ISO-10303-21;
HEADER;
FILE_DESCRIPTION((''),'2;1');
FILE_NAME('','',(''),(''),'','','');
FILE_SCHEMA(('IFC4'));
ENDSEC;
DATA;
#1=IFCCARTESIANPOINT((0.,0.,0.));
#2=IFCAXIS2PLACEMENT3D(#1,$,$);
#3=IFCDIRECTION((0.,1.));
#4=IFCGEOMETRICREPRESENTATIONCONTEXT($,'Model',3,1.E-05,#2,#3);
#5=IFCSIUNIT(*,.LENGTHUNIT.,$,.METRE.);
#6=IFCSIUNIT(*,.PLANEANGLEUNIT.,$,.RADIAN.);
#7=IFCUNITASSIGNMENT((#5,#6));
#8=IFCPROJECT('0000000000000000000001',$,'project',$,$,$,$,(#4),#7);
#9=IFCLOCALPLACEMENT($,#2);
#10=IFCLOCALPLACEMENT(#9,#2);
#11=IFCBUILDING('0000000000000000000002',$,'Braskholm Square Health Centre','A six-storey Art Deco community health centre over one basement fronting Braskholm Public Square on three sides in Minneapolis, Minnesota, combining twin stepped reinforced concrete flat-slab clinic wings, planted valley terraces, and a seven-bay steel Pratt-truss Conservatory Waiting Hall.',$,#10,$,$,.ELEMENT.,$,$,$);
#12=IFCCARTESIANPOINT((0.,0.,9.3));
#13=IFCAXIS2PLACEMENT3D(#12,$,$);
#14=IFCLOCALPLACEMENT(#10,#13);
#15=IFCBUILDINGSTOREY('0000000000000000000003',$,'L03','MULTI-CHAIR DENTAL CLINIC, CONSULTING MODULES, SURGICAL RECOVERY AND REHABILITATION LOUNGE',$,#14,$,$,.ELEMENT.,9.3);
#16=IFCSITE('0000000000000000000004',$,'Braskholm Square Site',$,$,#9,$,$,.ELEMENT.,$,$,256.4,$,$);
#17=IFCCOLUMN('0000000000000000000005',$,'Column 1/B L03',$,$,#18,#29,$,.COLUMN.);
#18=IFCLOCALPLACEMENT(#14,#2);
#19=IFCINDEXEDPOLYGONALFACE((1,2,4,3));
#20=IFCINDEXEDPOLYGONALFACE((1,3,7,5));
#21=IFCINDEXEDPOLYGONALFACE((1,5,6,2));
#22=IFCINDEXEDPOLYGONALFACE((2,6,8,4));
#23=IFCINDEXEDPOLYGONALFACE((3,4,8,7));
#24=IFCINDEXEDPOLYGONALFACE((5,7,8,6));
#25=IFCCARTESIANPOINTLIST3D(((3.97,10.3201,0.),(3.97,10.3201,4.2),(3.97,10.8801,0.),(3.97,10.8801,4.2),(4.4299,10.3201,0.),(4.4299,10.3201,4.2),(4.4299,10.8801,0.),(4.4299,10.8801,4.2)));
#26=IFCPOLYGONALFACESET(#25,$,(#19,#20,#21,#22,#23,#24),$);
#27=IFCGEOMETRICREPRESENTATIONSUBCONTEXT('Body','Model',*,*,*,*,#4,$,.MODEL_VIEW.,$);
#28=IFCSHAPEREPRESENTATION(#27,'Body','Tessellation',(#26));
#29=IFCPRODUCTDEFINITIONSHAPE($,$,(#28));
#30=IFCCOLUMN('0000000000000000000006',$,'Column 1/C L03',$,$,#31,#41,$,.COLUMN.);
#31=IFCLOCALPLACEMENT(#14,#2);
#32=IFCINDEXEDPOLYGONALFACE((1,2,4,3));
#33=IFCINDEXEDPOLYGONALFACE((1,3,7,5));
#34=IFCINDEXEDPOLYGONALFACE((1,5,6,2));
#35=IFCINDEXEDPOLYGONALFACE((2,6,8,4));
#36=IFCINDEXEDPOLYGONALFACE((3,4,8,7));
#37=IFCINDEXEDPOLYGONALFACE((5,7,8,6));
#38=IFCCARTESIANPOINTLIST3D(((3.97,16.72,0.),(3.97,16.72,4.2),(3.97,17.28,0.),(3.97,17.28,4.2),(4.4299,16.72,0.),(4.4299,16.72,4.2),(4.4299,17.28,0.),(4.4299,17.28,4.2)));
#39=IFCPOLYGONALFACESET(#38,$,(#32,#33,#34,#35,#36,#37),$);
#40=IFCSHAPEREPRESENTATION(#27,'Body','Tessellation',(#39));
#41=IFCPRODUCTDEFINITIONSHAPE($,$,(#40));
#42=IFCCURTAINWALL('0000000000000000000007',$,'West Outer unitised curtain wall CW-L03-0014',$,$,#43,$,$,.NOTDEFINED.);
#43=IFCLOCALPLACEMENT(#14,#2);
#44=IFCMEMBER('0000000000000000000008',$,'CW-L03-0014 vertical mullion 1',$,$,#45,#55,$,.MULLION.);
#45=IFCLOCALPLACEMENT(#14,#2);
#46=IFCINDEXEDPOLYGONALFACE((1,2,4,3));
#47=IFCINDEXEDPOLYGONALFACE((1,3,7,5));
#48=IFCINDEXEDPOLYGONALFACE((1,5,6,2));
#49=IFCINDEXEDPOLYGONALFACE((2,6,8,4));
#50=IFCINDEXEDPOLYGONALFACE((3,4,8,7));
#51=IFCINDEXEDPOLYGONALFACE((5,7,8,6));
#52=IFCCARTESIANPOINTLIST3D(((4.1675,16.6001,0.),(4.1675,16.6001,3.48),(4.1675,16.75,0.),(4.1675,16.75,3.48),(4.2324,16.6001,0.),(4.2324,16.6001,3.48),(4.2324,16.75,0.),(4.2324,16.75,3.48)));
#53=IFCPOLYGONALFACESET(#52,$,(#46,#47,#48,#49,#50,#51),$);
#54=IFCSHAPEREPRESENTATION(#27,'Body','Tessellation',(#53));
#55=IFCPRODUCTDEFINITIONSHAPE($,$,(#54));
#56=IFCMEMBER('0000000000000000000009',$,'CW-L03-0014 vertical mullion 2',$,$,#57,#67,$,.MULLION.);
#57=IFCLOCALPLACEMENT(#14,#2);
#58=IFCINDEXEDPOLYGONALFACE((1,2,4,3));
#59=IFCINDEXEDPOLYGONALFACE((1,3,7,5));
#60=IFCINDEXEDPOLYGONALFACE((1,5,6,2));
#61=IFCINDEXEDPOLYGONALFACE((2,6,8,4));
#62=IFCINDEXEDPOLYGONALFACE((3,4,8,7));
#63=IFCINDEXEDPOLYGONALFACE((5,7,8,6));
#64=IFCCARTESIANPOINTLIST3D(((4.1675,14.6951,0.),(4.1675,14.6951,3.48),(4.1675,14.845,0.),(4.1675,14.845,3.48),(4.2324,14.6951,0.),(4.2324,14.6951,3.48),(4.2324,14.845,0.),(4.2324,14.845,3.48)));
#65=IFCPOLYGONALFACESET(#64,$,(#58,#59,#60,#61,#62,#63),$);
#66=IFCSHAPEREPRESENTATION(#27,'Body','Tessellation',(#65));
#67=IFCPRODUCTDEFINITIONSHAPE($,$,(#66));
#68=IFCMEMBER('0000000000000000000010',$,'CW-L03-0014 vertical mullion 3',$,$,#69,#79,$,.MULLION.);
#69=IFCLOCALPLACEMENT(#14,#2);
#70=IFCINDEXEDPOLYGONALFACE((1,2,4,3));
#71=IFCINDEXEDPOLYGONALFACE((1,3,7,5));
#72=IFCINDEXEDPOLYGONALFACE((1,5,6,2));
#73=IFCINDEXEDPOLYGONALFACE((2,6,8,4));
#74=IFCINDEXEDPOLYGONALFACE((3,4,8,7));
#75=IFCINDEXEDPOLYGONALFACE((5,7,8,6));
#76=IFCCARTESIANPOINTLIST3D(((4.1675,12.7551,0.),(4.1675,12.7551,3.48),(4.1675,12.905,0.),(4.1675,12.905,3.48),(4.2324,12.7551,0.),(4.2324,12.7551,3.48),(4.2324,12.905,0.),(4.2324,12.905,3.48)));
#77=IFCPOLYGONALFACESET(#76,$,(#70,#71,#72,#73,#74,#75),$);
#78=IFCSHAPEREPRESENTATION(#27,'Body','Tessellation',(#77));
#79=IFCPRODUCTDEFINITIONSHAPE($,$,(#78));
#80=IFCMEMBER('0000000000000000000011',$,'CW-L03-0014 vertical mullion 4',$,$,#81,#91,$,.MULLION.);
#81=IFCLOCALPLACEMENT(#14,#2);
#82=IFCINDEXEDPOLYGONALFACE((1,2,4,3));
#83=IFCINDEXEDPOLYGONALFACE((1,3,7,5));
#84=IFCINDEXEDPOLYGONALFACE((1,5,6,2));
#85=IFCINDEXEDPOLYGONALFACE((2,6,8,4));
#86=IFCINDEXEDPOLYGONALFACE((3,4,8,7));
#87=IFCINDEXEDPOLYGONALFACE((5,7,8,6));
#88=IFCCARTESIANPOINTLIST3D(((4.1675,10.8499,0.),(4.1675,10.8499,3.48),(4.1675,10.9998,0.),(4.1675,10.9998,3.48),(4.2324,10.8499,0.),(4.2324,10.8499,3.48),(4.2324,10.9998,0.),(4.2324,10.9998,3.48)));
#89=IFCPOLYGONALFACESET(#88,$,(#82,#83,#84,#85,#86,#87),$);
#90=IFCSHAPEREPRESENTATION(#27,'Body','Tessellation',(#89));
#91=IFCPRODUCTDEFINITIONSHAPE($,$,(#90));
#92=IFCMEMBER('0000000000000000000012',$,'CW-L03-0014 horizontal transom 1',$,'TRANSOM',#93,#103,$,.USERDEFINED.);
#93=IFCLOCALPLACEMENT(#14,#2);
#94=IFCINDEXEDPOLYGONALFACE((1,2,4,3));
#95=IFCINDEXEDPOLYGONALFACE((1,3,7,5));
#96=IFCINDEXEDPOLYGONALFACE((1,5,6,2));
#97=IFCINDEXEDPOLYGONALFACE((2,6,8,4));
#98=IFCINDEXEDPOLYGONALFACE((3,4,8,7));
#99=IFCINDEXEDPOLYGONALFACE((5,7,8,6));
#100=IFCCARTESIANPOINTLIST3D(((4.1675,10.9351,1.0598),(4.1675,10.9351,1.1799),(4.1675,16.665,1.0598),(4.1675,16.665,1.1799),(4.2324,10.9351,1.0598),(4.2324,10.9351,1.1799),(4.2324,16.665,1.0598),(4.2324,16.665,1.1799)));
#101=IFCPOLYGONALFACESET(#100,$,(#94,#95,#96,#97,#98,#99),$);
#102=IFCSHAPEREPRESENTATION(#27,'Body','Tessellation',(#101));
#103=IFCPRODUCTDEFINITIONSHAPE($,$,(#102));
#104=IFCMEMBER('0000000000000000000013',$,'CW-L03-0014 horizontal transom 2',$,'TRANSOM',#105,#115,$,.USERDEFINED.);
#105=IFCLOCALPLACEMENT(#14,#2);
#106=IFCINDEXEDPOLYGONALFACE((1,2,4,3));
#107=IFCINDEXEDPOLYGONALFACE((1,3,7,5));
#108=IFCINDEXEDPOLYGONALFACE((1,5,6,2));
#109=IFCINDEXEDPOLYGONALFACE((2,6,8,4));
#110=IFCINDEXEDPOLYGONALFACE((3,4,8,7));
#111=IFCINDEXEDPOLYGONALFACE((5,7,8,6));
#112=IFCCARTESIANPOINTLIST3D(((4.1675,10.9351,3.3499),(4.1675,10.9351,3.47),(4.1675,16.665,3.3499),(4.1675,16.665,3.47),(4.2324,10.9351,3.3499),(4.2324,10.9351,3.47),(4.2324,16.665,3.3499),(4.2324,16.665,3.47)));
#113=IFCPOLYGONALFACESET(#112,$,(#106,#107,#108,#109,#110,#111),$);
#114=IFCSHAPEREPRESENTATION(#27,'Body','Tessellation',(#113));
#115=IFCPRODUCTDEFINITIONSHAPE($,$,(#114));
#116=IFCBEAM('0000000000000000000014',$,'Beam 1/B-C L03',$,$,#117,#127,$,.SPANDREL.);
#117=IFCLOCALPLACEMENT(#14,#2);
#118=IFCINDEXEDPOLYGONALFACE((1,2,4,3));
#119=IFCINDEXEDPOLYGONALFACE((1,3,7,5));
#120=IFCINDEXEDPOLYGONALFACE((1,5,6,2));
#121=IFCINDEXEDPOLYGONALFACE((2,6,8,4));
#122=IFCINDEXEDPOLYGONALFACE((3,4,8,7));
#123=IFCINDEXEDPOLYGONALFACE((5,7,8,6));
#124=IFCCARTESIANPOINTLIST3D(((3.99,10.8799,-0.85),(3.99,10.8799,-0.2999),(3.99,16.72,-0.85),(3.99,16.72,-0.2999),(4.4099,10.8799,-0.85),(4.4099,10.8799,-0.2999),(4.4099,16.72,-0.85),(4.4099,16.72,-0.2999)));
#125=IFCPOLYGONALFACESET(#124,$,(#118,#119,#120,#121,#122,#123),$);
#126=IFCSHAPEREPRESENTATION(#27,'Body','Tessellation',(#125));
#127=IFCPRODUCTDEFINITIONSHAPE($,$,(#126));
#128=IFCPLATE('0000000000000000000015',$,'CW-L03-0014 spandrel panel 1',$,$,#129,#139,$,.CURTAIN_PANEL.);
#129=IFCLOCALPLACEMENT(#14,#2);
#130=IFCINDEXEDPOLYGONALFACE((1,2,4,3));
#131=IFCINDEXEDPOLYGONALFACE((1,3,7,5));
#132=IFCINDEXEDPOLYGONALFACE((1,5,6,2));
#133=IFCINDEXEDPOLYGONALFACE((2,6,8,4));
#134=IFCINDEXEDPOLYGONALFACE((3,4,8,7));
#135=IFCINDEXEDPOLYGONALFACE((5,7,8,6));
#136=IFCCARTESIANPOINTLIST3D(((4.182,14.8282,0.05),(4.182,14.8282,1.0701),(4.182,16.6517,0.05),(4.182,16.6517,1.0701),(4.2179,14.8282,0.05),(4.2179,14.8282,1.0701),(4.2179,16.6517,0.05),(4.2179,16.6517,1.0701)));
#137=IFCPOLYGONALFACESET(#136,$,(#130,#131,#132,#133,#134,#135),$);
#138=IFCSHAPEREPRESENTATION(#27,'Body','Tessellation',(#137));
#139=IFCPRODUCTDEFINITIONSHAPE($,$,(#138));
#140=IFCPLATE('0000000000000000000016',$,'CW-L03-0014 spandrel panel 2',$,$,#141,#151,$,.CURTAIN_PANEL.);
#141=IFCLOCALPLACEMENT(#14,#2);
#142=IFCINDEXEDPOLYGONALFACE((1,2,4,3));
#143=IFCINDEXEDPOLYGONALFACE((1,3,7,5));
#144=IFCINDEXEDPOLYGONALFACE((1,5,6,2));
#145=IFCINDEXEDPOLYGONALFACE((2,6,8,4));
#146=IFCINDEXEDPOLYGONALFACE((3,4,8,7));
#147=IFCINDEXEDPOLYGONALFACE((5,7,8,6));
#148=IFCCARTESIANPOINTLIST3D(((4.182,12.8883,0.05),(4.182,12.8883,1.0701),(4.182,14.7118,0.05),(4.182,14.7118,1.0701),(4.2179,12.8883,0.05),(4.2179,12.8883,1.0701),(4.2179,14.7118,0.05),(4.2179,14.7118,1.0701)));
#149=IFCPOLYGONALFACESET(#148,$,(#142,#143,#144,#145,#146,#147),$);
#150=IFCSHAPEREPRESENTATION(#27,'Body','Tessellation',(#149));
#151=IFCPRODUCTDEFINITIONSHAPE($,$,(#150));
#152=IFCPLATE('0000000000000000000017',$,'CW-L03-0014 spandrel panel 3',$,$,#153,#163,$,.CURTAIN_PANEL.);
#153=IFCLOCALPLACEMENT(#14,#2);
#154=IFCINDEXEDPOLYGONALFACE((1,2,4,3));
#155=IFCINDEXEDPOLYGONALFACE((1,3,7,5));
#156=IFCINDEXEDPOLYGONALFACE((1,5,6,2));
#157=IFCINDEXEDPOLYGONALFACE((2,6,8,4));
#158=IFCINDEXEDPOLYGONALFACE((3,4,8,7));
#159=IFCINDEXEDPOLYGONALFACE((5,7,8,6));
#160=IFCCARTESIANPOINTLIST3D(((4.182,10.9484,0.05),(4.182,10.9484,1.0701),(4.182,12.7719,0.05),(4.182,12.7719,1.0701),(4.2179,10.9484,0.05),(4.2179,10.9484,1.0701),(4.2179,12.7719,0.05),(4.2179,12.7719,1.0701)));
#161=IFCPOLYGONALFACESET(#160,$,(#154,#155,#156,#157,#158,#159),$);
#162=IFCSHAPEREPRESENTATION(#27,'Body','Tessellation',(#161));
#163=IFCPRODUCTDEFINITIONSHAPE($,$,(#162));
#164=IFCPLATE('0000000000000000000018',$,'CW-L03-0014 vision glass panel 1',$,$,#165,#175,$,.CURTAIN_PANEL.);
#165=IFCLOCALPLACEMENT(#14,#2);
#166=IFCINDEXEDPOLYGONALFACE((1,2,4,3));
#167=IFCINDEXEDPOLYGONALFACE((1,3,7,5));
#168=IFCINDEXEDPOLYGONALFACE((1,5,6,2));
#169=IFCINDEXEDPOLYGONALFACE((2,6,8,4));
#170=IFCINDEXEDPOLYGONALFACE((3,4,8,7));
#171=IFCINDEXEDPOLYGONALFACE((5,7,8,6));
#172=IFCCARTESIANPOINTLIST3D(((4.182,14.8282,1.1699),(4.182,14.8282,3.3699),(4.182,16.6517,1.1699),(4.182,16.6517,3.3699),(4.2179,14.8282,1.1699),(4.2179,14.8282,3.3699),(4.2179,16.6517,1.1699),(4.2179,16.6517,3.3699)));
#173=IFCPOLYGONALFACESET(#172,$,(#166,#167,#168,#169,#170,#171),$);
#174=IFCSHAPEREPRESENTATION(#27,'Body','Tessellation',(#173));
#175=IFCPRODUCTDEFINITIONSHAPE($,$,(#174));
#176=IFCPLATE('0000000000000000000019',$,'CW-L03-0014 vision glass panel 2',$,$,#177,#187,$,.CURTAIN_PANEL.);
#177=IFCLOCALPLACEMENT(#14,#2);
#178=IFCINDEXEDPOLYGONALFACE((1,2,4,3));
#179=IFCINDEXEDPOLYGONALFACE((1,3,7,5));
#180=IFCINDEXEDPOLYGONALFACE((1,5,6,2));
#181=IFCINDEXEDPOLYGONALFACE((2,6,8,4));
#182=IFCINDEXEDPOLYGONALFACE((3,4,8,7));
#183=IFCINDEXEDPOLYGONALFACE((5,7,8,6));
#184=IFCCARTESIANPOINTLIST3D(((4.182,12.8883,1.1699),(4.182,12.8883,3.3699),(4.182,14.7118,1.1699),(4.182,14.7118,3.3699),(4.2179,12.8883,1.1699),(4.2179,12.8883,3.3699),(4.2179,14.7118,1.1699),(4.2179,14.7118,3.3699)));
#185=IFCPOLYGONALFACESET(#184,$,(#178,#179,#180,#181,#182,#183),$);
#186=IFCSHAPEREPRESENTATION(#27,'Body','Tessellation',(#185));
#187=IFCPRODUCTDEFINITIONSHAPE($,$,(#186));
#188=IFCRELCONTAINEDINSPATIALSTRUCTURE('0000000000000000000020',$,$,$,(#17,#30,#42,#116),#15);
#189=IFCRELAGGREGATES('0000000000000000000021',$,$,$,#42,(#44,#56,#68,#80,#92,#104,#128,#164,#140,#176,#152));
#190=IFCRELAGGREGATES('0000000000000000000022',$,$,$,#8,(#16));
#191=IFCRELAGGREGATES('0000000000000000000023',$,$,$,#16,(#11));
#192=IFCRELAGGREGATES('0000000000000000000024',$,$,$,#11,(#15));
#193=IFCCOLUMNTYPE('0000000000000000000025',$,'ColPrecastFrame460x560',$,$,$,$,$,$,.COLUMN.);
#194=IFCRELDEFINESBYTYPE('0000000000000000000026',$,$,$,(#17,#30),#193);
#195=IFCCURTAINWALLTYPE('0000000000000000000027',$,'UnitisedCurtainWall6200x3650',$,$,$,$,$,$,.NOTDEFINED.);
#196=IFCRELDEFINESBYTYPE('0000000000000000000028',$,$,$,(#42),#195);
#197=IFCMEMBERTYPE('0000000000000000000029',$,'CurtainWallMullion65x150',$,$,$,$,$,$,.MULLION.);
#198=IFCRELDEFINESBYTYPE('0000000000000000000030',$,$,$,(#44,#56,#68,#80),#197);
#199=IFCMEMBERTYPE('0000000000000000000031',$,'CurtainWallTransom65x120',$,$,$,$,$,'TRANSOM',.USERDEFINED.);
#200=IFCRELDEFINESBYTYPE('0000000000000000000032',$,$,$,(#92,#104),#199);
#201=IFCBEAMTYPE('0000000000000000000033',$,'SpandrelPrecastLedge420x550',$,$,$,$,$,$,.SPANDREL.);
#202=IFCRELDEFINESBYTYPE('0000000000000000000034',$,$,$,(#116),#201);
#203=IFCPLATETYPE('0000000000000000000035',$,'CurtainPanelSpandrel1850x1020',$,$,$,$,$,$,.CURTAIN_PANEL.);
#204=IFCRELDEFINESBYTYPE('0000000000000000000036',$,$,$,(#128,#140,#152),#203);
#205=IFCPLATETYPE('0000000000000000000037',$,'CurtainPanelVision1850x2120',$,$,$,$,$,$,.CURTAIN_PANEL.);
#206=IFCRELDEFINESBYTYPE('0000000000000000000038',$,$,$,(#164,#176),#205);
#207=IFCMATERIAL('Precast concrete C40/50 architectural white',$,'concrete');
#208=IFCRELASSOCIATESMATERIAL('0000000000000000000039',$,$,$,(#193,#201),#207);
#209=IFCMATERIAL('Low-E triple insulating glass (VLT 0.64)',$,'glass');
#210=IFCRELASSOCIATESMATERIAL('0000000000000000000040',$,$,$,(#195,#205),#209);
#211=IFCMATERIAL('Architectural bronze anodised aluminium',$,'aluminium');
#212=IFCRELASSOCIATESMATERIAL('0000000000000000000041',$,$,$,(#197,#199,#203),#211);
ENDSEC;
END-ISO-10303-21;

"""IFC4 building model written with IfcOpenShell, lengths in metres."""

from ifc_helpers import new_model, si_unit, direction, frame, origin, origin_2d, place, context, subcontext, project, spatial, rectangle, extrude, material, material_profile, profile_set, type_object, element, aggregate, save


model = new_model("IFC4")

# Units and contexts
model_context = context("Model", 3, precision=1e-05, world=origin(), true_north=direction((0.0, 1.0)))
body_context = subcontext(model_context, "Body", "Model", "MODEL_VIEW")
ifc_project = project(units=[si_unit("LENGTHUNIT", "METRE"), si_unit("PLANEANGLEUNIT", "RADIAN")], contexts=[model_context])

# Site, building, storey
site_placement = place(None, origin())
site = spatial("IfcSite", under=ifc_project, at=site_placement, Name="Braskholm Square Site", CompositionType="ELEMENT", RefElevation=256.4)
building_placement = place(site_placement, origin())
building = spatial("IfcBuilding", under=site, at=building_placement, Name="Braskholm Square Health Centre", Description="A six-storey Art Deco community health centre over one basement fronting Braskholm Public Square on three sides in Minneapolis, Minnesota, combining twin stepped reinforced concrete flat-slab clinic wings, planted valley terraces, and a seven-bay steel Pratt-truss Conservatory Waiting Hall.", CompositionType="ELEMENT")
storey_placement = place(building_placement, frame((0.0, 0.0, 9.3)))
storey = spatial("IfcBuildingStorey", under=building, at=storey_placement, Name="L03", Description="MULTI-CHAIR DENTAL CLINIC, CONSULTING MODULES, SURGICAL RECOVERY AND REHABILITATION LOUNGE", CompositionType="ELEMENT", Elevation=9.3)

# Columns
ifc_material_1 = material(Name="Precast concrete C40/50 architectural white", Category="concrete")
ifc_material_profile_1 = material_profile(ifc_material_1, rectangle(XDim=0.46, YDim=0.5601, at=origin_2d()), Name="RC-460X560")
ifc_profile_set_1 = profile_set([ifc_material_profile_1], Name="Precast concrete C40/50 architectural white")
column_type = type_object("IfcColumnType", Name="ColPrecastFrame460x560", PredefinedType="COLUMN", material=ifc_profile_set_1)
for number, where, z_axis, x_axis, name in (
    (1, (4.2, 10.6001, 0.0), (0.0, 0.0, 1.0), (1.0, 0.0, 0.0), "Column 1/B L03"),
    (2, (4.2, 17.0, 0.0), (0.0, 0.0, 1.0), (1.0, 0.0, 0.0), "Column 1/C L03"),
):
    element("IfcColumn", number, at=place(storey_placement, frame(where, z_axis=z_axis, x_axis=x_axis)), inside=storey, type_object=column_type, Name=name, PredefinedType="COLUMN", context=body_context, shape_type="SweptSolid", body=[
        extrude(rectangle(XDim=0.46, YDim=0.5601, at=origin_2d()), origin(), (0.0, 0.0, 1.0), 4.2),
    ])

# Curtain wall, members
ifc_material_2 = material(Name="Low-E triple insulating glass (VLT 0.64)", Category="glass")
curtain_wall_type = type_object("IfcCurtainWallType", Name="UnitisedCurtainWall6200x3650", PredefinedType="NOTDEFINED", material=ifc_material_2)
curtain_wall_placement = place(storey_placement, origin())
curtain_wall = element("IfcCurtainWall", 3, at=curtain_wall_placement, inside=storey, type_object=curtain_wall_type, Name="West Outer unitised curtain wall CW-L03-0014", PredefinedType="NOTDEFINED")
ifc_material_3 = material(Name="Architectural bronze anodised aluminium", Category="aluminium")
ifc_material_profile_2 = material_profile(ifc_material_3, rectangle(XDim=0.0649, YDim=0.1499, at=origin_2d()), Name="ALU-65X150")
ifc_profile_set_2 = profile_set([ifc_material_profile_2], Name="Architectural bronze anodised aluminium")
member_type_1 = type_object("IfcMemberType", Name="CurtainWallMullion65x150", PredefinedType="MULLION", material=ifc_profile_set_2)
member_1_placement = place(storey_placement, frame((4.2, 16.675, 0.0), z_axis=(0.0, 0.0, 1.0), x_axis=(1.0, 0.0, 0.0)))
member_1 = element("IfcMember", 4, at=member_1_placement, type_object=member_type_1, Name="CW-L03-0014 vertical mullion 1", PredefinedType="MULLION", context=body_context, shape_type="SweptSolid", body=[
    extrude(rectangle(XDim=0.0649, YDim=0.1499, at=origin_2d()), origin(), (0.0, 0.0, 1.0), 3.48),
])
member_2_placement = place(storey_placement, frame((4.2, 14.77, 0.0), z_axis=(0.0, 0.0, 1.0), x_axis=(1.0, 0.0, 0.0)))
member_2 = element("IfcMember", 5, at=member_2_placement, type_object=member_type_1, Name="CW-L03-0014 vertical mullion 2", PredefinedType="MULLION", context=body_context, shape_type="SweptSolid", body=[
    extrude(rectangle(XDim=0.0649, YDim=0.1499, at=origin_2d()), origin(), (0.0, 0.0, 1.0), 3.48),
])
member_3_placement = place(storey_placement, frame((4.2, 12.8301, 0.0), z_axis=(0.0, 0.0, 1.0), x_axis=(1.0, 0.0, 0.0)))
member_3 = element("IfcMember", 6, at=member_3_placement, type_object=member_type_1, Name="CW-L03-0014 vertical mullion 3", PredefinedType="MULLION", context=body_context, shape_type="SweptSolid", body=[
    extrude(rectangle(XDim=0.0649, YDim=0.1499, at=origin_2d()), origin(), (0.0, 0.0, 1.0), 3.48),
])
member_4_placement = place(storey_placement, frame((4.2, 10.9248, 0.0), z_axis=(0.0, 0.0, 1.0), x_axis=(1.0, 0.0, 0.0)))
member_4 = element("IfcMember", 7, at=member_4_placement, type_object=member_type_1, Name="CW-L03-0014 vertical mullion 4", PredefinedType="MULLION", context=body_context, shape_type="SweptSolid", body=[
    extrude(rectangle(XDim=0.0649, YDim=0.1499, at=origin_2d()), origin(), (0.0, 0.0, 1.0), 3.48),
])
ifc_material_profile_3 = material_profile(ifc_material_3, rectangle(XDim=0.0649, YDim=0.1201, at=origin_2d()), Name="ALU-65X120")
ifc_profile_set_3 = profile_set([ifc_material_profile_3], Name="Architectural bronze anodised aluminium")
member_type_2 = type_object("IfcMemberType", Name="CurtainWallTransom65x120", ElementType="TRANSOM", PredefinedType="USERDEFINED", material=ifc_profile_set_3)
member_5_placement = place(storey_placement, frame((4.2, 16.665, 1.1199), z_axis=(0.0, -1.0, 0.0), x_axis=(1.0, 0.0, 0.0)))
member_5 = element("IfcMember", 8, at=member_5_placement, type_object=member_type_2, Name="CW-L03-0014 horizontal transom 1", ObjectType="TRANSOM", PredefinedType="USERDEFINED", context=body_context, shape_type="SweptSolid", body=[
    extrude(rectangle(XDim=0.0649, YDim=0.1201, at=origin_2d()), origin(), (0.0, 0.0, 1.0), 5.73),
])
member_6_placement = place(storey_placement, frame((4.2, 16.665, 3.4099), z_axis=(0.0, -1.0, 0.0), x_axis=(1.0, 0.0, 0.0)))
member_6 = element("IfcMember", 9, at=member_6_placement, type_object=member_type_2, Name="CW-L03-0014 horizontal transom 2", ObjectType="TRANSOM", PredefinedType="USERDEFINED", context=body_context, shape_type="SweptSolid", body=[
    extrude(rectangle(XDim=0.0649, YDim=0.1201, at=origin_2d()), origin(), (0.0, 0.0, 1.0), 5.73),
])

# Beam
ifc_material_profile_4 = material_profile(ifc_material_1, rectangle(XDim=0.4199, YDim=0.55, at=origin_2d()), Name="RCB-420X550")
ifc_profile_set_4 = profile_set([ifc_material_profile_4], Name="Precast concrete C40/50 architectural white")
beam_type = type_object("IfcBeamType", Name="SpandrelPrecastLedge420x550", PredefinedType="SPANDREL", material=ifc_profile_set_4)
beam_placement = place(storey_placement, frame((4.2, 10.8799, -0.575), z_axis=(0.0, 1.0, 0.0), x_axis=(-1.0, 0.0, 0.0)))
element("IfcBeam", 10, at=beam_placement, inside=storey, type_object=beam_type, Name="Beam 1/B-C L03", PredefinedType="SPANDREL", context=body_context, shape_type="SweptSolid", body=[
    extrude(rectangle(XDim=0.4199, YDim=0.55, at=origin_2d()), origin(), (0.0, 0.0, 1.0), 5.8401),
])

# Plates
plate_type_1 = type_object("IfcPlateType", Name="CurtainPanelSpandrel1850x1020", PredefinedType="CURTAIN_PANEL", material=ifc_material_3)
plate_1_placement = place(storey_placement, frame((4.2, 15.74, 0.05), z_axis=(0.0, 0.0, 1.0), x_axis=(0.0, -1.0, 0.0)))
plate_1 = element("IfcPlate", 11, at=plate_1_placement, type_object=plate_type_1, Name="CW-L03-0014 spandrel panel 1", PredefinedType="CURTAIN_PANEL", context=body_context, shape_type="SweptSolid", body=[
    extrude(rectangle(XDim=1.8235, YDim=0.0359, at=origin_2d()), origin(), (0.0, 0.0, 1.0), 1.02),
])
plate_2_placement = place(storey_placement, frame((4.2, 13.8, 0.05), z_axis=(0.0, 0.0, 1.0), x_axis=(0.0, -1.0, 0.0)))
plate_2 = element("IfcPlate", 12, at=plate_2_placement, type_object=plate_type_1, Name="CW-L03-0014 spandrel panel 2", PredefinedType="CURTAIN_PANEL", context=body_context, shape_type="SweptSolid", body=[
    extrude(rectangle(XDim=1.8235, YDim=0.0359, at=origin_2d()), origin(), (0.0, 0.0, 1.0), 1.02),
])
plate_3_placement = place(storey_placement, frame((4.2, 11.8601, 0.05), z_axis=(0.0, 0.0, 1.0), x_axis=(0.0, -1.0, 0.0)))
plate_3 = element("IfcPlate", 13, at=plate_3_placement, type_object=plate_type_1, Name="CW-L03-0014 spandrel panel 3", PredefinedType="CURTAIN_PANEL", context=body_context, shape_type="SweptSolid", body=[
    extrude(rectangle(XDim=1.8235, YDim=0.0359, at=origin_2d()), origin(), (0.0, 0.0, 1.0), 1.02),
])
plate_type_2 = type_object("IfcPlateType", Name="CurtainPanelVision1850x2120", PredefinedType="CURTAIN_PANEL", material=ifc_material_2)
plate_4_placement = place(storey_placement, frame((4.2, 15.74, 1.1699), z_axis=(0.0, 0.0, 1.0), x_axis=(0.0, -1.0, 0.0)))
plate_4 = element("IfcPlate", 14, at=plate_4_placement, type_object=plate_type_2, Name="CW-L03-0014 vision glass panel 1", PredefinedType="CURTAIN_PANEL", context=body_context, shape_type="SweptSolid", body=[
    extrude(rectangle(XDim=1.8235, YDim=0.0359, at=origin_2d()), origin(), (0.0, 0.0, 1.0), 2.2),
])
plate_5_placement = place(storey_placement, frame((4.2, 13.8, 1.1699), z_axis=(0.0, 0.0, 1.0), x_axis=(0.0, -1.0, 0.0)))
plate_5 = element("IfcPlate", 15, at=plate_5_placement, type_object=plate_type_2, Name="CW-L03-0014 vision glass panel 2", PredefinedType="CURTAIN_PANEL", context=body_context, shape_type="SweptSolid", body=[
    extrude(rectangle(XDim=1.8235, YDim=0.0359, at=origin_2d()), origin(), (0.0, 0.0, 1.0), 2.2),
])
aggregate(curtain_wall, [member_1, member_2, member_3, member_4, member_5, member_6, plate_1, plate_4, plate_2, plate_5, plate_3])

save(model, "model.ifc")
